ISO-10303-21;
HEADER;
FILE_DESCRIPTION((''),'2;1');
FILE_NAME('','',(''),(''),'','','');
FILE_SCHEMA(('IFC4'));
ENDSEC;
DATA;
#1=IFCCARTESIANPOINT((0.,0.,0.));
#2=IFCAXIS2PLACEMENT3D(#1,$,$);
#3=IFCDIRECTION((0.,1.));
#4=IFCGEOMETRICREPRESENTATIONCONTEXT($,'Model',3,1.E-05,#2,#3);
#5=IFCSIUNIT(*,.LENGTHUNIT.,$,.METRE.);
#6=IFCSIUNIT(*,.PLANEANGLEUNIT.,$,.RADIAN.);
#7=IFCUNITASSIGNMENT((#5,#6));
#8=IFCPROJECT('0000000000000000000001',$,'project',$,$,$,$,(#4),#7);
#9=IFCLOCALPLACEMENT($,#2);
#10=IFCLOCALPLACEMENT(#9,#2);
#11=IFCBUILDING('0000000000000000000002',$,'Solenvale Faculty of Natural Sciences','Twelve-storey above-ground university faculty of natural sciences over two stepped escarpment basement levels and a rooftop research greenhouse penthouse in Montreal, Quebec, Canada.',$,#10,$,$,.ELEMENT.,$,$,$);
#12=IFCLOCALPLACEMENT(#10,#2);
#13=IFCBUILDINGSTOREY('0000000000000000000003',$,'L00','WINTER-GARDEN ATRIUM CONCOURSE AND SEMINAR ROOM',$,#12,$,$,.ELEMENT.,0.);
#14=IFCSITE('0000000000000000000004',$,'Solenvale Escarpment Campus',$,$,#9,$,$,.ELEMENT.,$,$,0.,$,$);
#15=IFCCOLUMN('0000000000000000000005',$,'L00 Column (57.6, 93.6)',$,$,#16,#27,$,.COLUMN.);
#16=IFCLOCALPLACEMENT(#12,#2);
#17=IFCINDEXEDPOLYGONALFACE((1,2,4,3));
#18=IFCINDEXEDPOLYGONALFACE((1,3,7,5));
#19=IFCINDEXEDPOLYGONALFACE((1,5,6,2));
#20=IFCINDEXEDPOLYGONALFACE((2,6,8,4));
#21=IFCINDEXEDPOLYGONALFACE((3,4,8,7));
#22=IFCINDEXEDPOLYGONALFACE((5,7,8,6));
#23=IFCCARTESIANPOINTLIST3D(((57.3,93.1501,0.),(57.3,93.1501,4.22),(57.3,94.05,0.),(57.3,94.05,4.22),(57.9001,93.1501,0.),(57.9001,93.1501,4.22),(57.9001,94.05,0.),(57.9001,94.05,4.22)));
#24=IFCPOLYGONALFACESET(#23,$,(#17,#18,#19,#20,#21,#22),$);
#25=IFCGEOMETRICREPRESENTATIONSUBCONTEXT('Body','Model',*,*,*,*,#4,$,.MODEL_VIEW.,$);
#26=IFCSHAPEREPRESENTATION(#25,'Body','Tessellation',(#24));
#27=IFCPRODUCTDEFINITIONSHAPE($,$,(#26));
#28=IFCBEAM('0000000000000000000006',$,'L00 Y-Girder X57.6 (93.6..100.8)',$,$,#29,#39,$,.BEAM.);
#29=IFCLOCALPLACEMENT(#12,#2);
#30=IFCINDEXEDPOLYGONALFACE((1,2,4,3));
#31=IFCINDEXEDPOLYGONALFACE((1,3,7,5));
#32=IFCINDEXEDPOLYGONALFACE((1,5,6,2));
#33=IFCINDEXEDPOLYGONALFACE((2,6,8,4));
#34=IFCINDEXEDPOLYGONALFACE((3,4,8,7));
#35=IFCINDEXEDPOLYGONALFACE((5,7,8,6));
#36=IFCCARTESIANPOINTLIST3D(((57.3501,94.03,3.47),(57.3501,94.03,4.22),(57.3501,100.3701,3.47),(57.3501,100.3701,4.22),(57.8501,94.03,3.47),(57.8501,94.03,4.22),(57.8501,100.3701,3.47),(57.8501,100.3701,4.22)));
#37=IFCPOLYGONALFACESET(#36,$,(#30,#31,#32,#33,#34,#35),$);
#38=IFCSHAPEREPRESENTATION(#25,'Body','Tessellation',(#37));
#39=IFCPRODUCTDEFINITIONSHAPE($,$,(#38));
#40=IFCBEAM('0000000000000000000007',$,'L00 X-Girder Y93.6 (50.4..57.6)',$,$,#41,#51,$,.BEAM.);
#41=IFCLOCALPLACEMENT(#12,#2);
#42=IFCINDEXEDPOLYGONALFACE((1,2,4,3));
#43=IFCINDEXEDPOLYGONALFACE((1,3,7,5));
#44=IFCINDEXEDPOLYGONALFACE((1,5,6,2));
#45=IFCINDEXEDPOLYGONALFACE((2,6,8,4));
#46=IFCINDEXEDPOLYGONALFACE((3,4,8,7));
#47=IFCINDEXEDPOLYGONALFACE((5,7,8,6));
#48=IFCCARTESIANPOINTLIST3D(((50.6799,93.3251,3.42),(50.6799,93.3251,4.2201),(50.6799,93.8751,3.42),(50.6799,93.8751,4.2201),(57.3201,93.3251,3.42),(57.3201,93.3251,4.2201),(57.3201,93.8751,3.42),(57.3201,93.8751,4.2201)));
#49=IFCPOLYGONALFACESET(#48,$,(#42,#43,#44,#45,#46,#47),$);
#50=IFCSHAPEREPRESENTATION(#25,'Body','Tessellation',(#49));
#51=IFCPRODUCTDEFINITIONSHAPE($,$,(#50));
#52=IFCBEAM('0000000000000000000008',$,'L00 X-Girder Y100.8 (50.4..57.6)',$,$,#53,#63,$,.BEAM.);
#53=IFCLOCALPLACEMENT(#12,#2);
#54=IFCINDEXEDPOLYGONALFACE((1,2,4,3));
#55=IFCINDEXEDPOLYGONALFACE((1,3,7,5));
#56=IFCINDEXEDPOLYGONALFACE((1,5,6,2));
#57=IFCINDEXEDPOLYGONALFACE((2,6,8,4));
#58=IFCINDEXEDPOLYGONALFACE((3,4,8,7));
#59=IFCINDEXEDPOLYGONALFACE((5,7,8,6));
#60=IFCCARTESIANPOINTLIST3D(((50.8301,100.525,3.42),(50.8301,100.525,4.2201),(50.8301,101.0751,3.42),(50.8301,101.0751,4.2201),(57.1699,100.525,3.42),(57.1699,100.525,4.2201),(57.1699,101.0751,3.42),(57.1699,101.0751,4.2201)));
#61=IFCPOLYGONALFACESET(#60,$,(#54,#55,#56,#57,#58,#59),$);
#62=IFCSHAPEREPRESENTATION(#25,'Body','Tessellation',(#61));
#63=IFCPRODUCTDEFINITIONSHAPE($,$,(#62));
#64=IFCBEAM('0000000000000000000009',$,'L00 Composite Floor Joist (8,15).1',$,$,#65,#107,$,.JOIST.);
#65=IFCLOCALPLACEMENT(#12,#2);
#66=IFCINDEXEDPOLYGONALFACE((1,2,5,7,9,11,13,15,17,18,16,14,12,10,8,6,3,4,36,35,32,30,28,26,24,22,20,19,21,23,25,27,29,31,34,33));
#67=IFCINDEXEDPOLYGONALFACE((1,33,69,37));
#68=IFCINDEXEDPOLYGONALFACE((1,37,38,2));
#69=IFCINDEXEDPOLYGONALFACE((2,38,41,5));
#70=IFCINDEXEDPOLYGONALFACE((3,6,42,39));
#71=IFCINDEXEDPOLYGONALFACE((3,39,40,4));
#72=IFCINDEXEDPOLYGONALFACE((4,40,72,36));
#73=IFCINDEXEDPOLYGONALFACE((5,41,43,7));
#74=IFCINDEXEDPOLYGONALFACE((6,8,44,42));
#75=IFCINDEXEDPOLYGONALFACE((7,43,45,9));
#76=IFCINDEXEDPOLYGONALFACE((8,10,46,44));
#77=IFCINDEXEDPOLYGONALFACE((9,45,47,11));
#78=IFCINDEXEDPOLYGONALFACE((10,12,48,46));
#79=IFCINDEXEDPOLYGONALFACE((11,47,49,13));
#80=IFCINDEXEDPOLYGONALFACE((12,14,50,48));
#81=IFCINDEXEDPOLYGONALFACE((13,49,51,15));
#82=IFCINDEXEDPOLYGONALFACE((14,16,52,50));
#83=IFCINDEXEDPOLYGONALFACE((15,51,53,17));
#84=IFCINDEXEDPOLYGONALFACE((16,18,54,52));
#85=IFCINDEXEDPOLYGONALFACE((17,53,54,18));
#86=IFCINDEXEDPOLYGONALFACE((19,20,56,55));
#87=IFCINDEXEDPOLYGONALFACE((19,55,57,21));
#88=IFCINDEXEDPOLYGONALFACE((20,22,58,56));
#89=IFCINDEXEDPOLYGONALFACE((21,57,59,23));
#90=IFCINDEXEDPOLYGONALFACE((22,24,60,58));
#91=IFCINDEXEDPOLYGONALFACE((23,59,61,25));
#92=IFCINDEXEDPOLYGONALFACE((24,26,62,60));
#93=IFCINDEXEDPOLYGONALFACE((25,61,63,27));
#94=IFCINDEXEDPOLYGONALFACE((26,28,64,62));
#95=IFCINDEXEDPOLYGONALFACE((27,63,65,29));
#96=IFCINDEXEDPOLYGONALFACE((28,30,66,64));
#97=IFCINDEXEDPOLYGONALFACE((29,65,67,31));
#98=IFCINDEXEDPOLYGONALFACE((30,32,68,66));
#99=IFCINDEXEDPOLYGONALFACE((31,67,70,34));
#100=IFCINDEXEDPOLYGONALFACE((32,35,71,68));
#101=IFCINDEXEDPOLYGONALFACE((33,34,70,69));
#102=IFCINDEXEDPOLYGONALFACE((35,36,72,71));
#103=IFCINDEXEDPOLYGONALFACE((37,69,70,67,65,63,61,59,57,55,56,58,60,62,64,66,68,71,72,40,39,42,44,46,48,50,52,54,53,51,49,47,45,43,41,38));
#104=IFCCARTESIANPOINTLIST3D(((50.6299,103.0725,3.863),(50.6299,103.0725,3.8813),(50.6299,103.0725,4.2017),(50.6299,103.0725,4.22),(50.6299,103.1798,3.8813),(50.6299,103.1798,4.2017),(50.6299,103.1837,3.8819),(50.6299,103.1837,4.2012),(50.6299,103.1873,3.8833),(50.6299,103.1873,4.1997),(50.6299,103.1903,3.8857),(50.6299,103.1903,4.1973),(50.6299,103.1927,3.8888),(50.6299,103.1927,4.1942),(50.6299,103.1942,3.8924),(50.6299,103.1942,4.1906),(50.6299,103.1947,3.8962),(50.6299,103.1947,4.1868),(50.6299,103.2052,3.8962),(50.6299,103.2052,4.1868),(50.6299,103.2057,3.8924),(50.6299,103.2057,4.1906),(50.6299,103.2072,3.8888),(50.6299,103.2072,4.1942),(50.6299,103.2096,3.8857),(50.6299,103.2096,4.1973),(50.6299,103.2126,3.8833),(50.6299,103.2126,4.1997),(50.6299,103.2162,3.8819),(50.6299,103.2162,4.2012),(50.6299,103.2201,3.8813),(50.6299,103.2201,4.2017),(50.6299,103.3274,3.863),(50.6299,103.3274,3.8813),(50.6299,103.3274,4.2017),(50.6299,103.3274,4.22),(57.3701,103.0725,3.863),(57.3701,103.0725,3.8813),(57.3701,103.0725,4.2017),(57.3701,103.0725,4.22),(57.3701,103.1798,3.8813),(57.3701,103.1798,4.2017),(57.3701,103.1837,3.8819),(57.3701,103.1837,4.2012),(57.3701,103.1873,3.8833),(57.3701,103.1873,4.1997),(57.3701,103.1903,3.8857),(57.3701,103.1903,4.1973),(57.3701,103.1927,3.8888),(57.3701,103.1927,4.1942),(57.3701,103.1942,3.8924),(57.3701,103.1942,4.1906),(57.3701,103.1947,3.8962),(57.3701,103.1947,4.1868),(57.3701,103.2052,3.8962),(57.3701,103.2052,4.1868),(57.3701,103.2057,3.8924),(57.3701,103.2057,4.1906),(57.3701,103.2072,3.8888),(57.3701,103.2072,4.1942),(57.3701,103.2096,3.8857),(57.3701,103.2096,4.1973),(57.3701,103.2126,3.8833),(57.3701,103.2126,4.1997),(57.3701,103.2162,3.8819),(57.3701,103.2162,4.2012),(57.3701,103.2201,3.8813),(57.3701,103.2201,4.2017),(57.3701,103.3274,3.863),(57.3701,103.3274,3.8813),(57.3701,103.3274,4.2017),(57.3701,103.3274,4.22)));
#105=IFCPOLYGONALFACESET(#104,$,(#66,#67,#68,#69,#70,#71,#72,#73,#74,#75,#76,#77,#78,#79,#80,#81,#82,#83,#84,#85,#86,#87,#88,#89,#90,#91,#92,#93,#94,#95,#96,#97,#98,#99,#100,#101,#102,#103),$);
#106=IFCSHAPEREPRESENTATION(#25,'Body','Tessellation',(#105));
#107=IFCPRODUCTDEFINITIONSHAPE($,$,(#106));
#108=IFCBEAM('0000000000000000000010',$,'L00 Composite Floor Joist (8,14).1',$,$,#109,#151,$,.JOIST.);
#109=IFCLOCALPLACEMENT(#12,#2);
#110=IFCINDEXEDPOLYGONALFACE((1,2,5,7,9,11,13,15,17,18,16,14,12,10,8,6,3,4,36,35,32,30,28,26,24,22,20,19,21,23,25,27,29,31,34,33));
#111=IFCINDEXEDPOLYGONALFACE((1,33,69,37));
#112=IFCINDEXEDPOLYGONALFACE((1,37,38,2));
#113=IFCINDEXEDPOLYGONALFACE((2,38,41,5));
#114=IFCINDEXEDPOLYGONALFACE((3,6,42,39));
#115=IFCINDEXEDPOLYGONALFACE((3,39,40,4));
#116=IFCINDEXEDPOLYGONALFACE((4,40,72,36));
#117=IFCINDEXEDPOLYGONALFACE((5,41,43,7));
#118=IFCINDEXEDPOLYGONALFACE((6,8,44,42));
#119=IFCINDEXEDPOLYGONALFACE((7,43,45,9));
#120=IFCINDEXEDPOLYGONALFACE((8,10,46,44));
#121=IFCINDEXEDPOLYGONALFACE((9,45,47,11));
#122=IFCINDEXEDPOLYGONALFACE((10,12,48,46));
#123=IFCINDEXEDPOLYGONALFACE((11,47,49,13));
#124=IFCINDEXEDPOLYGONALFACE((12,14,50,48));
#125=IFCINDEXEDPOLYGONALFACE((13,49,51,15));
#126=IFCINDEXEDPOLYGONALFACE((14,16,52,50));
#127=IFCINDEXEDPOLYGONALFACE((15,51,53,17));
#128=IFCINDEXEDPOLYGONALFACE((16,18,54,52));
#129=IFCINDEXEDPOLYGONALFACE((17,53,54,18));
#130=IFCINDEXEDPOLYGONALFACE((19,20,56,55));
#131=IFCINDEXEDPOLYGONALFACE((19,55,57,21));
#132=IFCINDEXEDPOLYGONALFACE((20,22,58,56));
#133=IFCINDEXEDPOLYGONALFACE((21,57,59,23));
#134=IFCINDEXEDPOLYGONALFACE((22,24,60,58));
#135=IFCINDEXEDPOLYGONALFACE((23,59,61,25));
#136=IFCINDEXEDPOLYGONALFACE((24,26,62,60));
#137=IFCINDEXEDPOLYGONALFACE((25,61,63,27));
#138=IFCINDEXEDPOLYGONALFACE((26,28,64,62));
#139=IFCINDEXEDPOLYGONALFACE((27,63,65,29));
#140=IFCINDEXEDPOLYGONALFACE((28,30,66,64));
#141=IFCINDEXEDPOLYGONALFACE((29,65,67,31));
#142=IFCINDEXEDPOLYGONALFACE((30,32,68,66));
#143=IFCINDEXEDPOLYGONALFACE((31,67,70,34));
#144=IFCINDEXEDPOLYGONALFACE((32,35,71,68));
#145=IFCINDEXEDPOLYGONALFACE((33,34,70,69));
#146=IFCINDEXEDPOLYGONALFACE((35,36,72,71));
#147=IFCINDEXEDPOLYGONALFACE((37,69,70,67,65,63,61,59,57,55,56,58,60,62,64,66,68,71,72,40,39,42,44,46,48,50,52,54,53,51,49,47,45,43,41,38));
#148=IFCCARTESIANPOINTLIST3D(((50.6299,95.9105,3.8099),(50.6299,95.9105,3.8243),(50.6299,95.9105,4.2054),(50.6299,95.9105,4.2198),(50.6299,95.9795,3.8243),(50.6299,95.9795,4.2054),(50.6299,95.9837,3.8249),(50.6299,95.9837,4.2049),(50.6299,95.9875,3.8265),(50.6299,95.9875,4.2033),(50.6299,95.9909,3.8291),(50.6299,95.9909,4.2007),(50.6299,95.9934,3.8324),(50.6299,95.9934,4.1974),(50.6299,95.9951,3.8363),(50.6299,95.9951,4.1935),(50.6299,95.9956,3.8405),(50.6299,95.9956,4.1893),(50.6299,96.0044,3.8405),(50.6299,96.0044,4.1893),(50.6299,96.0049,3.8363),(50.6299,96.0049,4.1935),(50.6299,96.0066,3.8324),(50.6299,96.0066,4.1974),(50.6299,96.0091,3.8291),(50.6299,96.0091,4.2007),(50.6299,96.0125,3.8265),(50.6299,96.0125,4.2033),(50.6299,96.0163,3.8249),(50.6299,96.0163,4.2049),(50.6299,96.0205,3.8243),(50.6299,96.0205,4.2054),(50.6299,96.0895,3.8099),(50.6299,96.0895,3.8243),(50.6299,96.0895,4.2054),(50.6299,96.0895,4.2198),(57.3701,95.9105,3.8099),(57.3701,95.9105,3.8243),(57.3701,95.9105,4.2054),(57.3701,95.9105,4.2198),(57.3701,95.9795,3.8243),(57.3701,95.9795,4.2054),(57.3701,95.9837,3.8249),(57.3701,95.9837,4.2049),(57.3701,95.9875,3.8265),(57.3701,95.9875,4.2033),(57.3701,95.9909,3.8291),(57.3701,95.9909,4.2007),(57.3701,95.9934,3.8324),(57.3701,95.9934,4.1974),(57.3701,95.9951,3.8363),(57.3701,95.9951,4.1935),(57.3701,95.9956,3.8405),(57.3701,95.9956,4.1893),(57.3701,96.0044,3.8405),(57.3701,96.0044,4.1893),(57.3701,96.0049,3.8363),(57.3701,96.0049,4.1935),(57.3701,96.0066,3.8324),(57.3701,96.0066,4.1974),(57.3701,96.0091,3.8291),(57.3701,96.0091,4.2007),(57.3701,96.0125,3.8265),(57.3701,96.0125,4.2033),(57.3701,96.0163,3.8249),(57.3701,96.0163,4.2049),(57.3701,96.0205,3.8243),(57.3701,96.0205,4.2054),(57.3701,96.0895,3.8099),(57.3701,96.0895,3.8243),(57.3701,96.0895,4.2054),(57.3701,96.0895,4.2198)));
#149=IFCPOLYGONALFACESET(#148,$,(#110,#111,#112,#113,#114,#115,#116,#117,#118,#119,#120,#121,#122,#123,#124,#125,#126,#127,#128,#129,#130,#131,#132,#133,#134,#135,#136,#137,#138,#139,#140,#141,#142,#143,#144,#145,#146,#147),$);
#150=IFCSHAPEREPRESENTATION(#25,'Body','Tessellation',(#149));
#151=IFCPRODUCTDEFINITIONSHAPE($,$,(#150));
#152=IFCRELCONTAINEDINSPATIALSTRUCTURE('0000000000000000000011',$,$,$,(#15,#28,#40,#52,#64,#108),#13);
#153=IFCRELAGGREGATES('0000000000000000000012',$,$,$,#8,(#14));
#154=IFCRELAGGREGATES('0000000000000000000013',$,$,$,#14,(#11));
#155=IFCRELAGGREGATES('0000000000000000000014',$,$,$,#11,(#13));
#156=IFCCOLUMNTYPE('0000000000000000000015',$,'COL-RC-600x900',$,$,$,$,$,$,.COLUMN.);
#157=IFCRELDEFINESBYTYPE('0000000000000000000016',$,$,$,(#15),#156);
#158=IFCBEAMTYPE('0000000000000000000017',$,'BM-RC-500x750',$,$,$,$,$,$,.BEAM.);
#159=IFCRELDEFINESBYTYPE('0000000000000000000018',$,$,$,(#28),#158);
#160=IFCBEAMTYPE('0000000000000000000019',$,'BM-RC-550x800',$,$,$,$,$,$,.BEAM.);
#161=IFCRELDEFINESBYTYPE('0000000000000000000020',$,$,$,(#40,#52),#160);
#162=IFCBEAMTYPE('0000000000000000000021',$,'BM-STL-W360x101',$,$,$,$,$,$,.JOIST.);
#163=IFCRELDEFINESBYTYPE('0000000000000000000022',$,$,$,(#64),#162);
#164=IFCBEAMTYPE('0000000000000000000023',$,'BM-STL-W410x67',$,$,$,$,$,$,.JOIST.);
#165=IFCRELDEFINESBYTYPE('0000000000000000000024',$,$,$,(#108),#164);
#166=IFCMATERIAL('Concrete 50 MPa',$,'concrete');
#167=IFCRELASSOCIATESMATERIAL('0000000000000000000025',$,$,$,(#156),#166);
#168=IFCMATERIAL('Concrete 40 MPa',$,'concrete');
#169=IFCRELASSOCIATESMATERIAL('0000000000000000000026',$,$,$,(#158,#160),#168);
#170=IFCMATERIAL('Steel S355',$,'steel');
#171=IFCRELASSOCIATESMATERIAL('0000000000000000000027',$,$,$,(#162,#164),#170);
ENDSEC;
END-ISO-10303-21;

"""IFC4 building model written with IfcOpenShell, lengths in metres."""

from ifc_helpers import new_model, si_unit, direction, frame, origin, origin_2d, place, context, subcontext, project, spatial, rectangle, i_section, extrude, material, material_profile, profile_set, type_object, element, save


model = new_model("IFC4")

# Units and contexts
model_context = context("Model", 3, precision=1e-05, world=origin(), true_north=direction((0.0, 1.0)))
body_context = subcontext(model_context, "Body", "Model", "MODEL_VIEW")
ifc_project = project(units=[si_unit("LENGTHUNIT", "METRE"), si_unit("PLANEANGLEUNIT", "RADIAN")], contexts=[model_context])

# Site, building, storey
site_placement = place(None, origin())
site = spatial("IfcSite", under=ifc_project, at=site_placement, Name="Solenvale Escarpment Campus", CompositionType="ELEMENT", RefElevation=0.0)
building_placement = place(site_placement, origin())
building = spatial("IfcBuilding", under=site, at=building_placement, Name="Solenvale Faculty of Natural Sciences", Description="Twelve-storey above-ground university faculty of natural sciences over two stepped escarpment basement levels and a rooftop research greenhouse penthouse in Montreal, Quebec, Canada.", CompositionType="ELEMENT")
storey_placement = place(building_placement, origin())
storey = spatial("IfcBuildingStorey", under=building, at=storey_placement, Name="L00", Description="WINTER-GARDEN ATRIUM CONCOURSE AND SEMINAR ROOM", CompositionType="ELEMENT", Elevation=0.0)

# Column
ifc_material_1 = material(Name="Concrete 50 MPa", Category="concrete")
ifc_material_profile_1 = material_profile(ifc_material_1, rectangle(XDim=0.6001, YDim=0.8999, at=origin_2d()), Name="RC-COL-600x900")
ifc_profile_set_1 = profile_set([ifc_material_profile_1], Name="Concrete 50 MPa")
column_type = type_object("IfcColumnType", Name="COL-RC-600x900", PredefinedType="COLUMN", material=ifc_profile_set_1)
column_placement = place(storey_placement, frame((57.6001, 93.6001, 0.0), z_axis=(0.0, 0.0, 1.0), x_axis=(1.0, 0.0, 0.0)))
element("IfcColumn", 1, at=column_placement, inside=storey, type_object=column_type, Name="L00 Column (57.6, 93.6)", PredefinedType="COLUMN", context=body_context, shape_type="SweptSolid", body=[
    extrude(rectangle(XDim=0.6001, YDim=0.8999, at=origin_2d()), origin(), (0.0, 0.0, 1.0), 4.22),
])

# Beams
ifc_material_2 = material(Name="Concrete 40 MPa", Category="concrete")
ifc_material_profile_2 = material_profile(ifc_material_2, rectangle(XDim=0.5, YDim=0.75, at=origin_2d()), Name="RC-BM-500x750")
ifc_profile_set_2 = profile_set([ifc_material_profile_2], Name="Concrete 40 MPa")
beam_type_1 = type_object("IfcBeamType", Name="BM-RC-500x750", PredefinedType="BEAM", material=ifc_profile_set_2)
beam_1_placement = place(storey_placement, frame((57.6001, 94.03, 3.845), z_axis=(0.0, 1.0, 0.0), x_axis=(-1.0, 0.0, 0.0)))
element("IfcBeam", 2, at=beam_1_placement, inside=storey, type_object=beam_type_1, Name="L00 Y-Girder X57.6 (93.6..100.8)", PredefinedType="BEAM", context=body_context, shape_type="SweptSolid", body=[
    extrude(rectangle(XDim=0.5, YDim=0.75, at=origin_2d()), origin(), (0.0, 0.0, 1.0), 6.3401),
])
ifc_material_profile_3 = material_profile(ifc_material_2, rectangle(XDim=0.55, YDim=0.8, at=origin_2d()), Name="RC-BM-550x800")
ifc_profile_set_3 = profile_set([ifc_material_profile_3], Name="Concrete 40 MPa")
beam_type_2 = type_object("IfcBeamType", Name="BM-RC-550x800", PredefinedType="BEAM", material=ifc_profile_set_3)
beam_2_placement = place(storey_placement, frame((50.6799, 93.6001, 3.8201), z_axis=(1.0, 0.0, 0.0), x_axis=(0.0, 1.0, 0.0)))
element("IfcBeam", 3, at=beam_2_placement, inside=storey, type_object=beam_type_2, Name="L00 X-Girder Y93.6 (50.4..57.6)", PredefinedType="BEAM", context=body_context, shape_type="SweptSolid", body=[
    extrude(rectangle(XDim=0.55, YDim=0.8, at=origin_2d()), origin(), (0.0, 0.0, 1.0), 6.6401),
])
beam_3_placement = place(storey_placement, frame((50.8301, 100.8, 3.8201), z_axis=(1.0, 0.0, 0.0), x_axis=(0.0, 1.0, 0.0)))
element("IfcBeam", 4, at=beam_3_placement, inside=storey, type_object=beam_type_2, Name="L00 X-Girder Y100.8 (50.4..57.6)", PredefinedType="BEAM", context=body_context, shape_type="SweptSolid", body=[
    extrude(rectangle(XDim=0.55, YDim=0.8, at=origin_2d()), origin(), (0.0, 0.0, 1.0), 6.3398),
])
ifc_material_3 = material(Name="Steel S355", Category="steel")
ifc_material_profile_4 = material_profile(ifc_material_3, i_section(OverallWidth=0.2549, OverallDepth=0.3569, WebThickness=0.0105, FlangeThickness=0.0183, FilletRadius=0.0149, at=origin_2d()), Name="W360x101")
ifc_profile_set_4 = profile_set([ifc_material_profile_4], Name="Steel S355")
beam_type_3 = type_object("IfcBeamType", Name="BM-STL-W360x101", PredefinedType="JOIST", material=ifc_profile_set_4)
beam_4_placement = place(storey_placement, frame((50.6299, 103.2, 4.0415), z_axis=(1.0, 0.0, 0.0), x_axis=(0.0, 1.0, 0.0)))
element("IfcBeam", 5, at=beam_4_placement, inside=storey, type_object=beam_type_3, Name="L00 Composite Floor Joist (8,15).1", PredefinedType="JOIST", context=body_context, shape_type="SweptSolid", body=[
    extrude(i_section(OverallWidth=0.2549, OverallDepth=0.3569, WebThickness=0.0105, FlangeThickness=0.0183, FilletRadius=0.0149, at=origin_2d()), origin(), (0.0, 0.0, 1.0), 6.7402),
])
ifc_material_profile_5 = material_profile(ifc_material_3, i_section(OverallWidth=0.179, OverallDepth=0.4099, WebThickness=0.0088, FlangeThickness=0.0144, FilletRadius=0.0161, at=origin_2d()), Name="W410x67")
ifc_profile_set_5 = profile_set([ifc_material_profile_5], Name="Steel S355")
beam_type_4 = type_object("IfcBeamType", Name="BM-STL-W410x67", PredefinedType="JOIST", material=ifc_profile_set_5)
for number, where, z_axis, x_axis, name in (
    (6, (50.6299, 96.0, 4.0149), (1.0, 0.0, 0.0), (0.0, 1.0, 0.0), "L00 Composite Floor Joist (8,14).1"),
):
    element("IfcBeam", number, at=place(storey_placement, frame(where, z_axis=z_axis, x_axis=x_axis)), inside=storey, type_object=beam_type_4, Name=name, PredefinedType="JOIST", context=body_context, shape_type="SweptSolid", body=[
        extrude(i_section(OverallWidth=0.179, OverallDepth=0.4099, WebThickness=0.0088, FlangeThickness=0.0144, FilletRadius=0.0161, at=origin_2d()), origin(), (0.0, 0.0, 1.0), 6.7402),
    ])

save(model, "model.ifc")
